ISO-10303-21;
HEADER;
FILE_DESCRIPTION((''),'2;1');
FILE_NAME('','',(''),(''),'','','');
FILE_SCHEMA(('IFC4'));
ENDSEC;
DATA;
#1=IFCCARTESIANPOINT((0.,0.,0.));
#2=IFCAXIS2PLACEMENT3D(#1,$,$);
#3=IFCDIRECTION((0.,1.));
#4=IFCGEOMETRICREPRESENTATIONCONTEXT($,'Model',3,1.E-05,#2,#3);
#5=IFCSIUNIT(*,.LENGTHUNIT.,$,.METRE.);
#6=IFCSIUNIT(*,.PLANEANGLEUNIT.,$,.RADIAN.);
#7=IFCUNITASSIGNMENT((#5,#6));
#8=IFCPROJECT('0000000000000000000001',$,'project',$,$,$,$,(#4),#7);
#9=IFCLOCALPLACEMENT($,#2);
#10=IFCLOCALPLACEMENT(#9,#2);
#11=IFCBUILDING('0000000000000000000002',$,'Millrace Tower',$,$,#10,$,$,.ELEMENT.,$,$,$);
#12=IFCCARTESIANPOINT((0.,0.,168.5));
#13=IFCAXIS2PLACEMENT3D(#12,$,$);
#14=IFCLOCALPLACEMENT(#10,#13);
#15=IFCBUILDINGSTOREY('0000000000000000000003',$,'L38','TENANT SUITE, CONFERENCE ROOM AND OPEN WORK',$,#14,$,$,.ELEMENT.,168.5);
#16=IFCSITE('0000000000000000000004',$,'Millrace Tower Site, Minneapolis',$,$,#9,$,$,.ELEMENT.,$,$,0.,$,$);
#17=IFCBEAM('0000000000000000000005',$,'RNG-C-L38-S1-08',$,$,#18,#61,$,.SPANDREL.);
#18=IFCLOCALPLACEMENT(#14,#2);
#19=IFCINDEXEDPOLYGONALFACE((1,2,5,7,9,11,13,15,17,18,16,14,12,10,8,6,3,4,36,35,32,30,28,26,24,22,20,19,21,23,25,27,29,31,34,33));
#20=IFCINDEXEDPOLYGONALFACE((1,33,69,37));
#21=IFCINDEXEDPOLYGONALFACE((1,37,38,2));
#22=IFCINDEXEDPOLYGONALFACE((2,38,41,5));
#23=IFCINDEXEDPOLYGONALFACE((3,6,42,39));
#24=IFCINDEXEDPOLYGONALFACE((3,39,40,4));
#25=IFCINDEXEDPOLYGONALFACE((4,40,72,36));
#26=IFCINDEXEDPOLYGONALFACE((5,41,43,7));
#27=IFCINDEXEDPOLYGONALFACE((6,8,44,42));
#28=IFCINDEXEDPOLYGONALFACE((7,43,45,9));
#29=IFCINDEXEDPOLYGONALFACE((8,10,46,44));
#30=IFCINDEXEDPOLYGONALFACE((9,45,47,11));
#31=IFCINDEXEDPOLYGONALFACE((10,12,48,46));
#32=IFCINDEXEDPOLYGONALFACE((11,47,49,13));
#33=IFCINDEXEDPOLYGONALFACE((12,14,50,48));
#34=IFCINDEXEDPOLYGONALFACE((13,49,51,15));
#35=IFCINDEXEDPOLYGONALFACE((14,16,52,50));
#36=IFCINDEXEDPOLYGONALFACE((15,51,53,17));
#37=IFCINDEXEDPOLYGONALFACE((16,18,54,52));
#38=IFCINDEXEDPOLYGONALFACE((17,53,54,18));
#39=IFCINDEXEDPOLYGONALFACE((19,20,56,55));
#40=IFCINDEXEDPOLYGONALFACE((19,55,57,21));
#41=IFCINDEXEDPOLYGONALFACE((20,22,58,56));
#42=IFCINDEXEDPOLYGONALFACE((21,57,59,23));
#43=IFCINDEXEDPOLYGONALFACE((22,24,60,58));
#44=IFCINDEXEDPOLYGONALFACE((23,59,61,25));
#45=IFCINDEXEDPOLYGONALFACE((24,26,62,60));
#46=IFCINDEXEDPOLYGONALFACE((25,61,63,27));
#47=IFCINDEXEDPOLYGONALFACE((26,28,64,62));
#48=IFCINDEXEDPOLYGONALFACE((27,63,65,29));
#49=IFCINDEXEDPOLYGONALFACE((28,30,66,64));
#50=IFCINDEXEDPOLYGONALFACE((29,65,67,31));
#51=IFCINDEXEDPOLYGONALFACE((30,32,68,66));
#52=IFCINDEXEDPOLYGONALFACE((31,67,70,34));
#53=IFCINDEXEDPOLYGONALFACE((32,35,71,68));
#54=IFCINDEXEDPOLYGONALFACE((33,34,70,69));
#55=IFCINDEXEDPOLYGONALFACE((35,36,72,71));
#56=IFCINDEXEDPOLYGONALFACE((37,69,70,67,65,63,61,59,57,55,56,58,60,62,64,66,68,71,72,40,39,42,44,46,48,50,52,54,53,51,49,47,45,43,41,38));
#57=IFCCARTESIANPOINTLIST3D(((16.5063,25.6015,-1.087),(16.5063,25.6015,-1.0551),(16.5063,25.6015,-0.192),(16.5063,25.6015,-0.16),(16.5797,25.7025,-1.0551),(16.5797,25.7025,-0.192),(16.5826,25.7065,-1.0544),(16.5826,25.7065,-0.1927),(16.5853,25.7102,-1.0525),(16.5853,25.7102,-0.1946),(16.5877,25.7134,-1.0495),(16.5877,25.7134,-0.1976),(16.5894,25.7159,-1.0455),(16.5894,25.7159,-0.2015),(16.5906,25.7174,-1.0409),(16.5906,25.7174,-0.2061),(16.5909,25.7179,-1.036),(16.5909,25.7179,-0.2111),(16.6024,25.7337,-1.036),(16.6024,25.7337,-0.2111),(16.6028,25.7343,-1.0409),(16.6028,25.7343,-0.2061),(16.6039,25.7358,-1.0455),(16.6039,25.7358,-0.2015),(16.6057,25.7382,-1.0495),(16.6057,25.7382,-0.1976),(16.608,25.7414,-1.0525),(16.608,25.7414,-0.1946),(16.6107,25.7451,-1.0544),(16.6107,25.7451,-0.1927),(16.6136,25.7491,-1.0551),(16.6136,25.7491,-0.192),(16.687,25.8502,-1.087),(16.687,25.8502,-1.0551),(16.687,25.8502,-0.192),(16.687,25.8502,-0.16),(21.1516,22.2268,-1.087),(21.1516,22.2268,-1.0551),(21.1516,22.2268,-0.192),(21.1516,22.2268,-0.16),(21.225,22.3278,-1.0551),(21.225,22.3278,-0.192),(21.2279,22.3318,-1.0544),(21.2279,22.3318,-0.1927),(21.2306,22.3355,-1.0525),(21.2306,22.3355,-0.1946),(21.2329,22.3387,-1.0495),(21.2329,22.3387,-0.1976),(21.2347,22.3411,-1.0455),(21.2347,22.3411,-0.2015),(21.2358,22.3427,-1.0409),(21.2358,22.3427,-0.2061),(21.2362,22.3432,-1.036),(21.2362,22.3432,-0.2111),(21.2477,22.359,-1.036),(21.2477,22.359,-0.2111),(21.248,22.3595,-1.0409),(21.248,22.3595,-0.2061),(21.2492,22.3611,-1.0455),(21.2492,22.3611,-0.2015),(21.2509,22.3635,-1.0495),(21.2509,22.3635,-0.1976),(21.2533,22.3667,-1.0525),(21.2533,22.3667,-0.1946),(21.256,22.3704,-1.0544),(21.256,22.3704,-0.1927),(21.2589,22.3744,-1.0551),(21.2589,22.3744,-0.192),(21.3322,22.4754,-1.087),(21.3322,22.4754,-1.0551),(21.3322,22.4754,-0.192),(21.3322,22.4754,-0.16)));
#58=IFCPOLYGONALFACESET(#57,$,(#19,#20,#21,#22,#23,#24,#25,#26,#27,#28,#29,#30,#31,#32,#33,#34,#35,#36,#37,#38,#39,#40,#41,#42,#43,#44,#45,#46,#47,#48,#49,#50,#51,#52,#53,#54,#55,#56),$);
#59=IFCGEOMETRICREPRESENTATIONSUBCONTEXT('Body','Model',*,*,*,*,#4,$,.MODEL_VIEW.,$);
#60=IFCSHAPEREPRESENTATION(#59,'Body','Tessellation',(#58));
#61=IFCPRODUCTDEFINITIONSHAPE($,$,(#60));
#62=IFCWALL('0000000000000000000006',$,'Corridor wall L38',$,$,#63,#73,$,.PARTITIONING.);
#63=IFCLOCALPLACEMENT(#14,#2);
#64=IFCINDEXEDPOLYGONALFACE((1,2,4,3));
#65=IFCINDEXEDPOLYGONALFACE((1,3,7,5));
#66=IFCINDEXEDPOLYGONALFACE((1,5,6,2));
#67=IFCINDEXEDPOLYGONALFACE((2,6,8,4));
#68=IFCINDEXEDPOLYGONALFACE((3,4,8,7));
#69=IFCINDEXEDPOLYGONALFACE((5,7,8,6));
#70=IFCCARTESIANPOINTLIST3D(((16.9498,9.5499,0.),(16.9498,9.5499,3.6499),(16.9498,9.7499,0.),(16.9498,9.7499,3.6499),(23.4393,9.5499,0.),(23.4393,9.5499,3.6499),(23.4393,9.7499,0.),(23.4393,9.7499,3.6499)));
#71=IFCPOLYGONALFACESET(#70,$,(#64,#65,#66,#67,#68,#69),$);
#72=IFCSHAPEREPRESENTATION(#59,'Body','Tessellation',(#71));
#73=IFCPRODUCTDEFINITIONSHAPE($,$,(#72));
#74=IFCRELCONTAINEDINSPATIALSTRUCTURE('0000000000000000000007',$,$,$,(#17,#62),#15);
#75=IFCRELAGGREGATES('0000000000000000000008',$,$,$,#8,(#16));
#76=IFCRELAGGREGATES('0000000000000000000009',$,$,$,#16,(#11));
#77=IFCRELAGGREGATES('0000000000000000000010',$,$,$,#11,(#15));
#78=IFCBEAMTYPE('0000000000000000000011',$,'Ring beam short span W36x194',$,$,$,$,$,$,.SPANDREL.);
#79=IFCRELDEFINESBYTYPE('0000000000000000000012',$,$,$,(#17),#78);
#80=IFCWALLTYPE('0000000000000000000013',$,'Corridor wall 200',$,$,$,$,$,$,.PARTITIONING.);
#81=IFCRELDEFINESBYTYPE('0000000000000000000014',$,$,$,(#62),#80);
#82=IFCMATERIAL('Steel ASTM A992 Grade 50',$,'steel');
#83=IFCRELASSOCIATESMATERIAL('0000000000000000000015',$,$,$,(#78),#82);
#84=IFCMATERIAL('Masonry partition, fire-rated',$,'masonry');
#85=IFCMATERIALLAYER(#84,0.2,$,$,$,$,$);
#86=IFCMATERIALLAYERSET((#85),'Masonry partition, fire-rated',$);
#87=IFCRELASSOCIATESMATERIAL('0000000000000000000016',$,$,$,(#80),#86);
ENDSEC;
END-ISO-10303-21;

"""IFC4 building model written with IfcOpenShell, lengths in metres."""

from ifc_helpers import new_model, si_unit, direction, frame, frame_2d, origin, origin_2d, place, context, subcontext, project, spatial, rectangle, i_section, extrude, material, layer, layer_set, material_profile, profile_set, type_object, element, save


model = new_model("IFC4")

# Units and contexts
model_context = context("Model", 3, precision=1e-05, world=origin(), true_north=direction((0.0, 1.0)))
body_context = subcontext(model_context, "Body", "Model", "MODEL_VIEW")
ifc_project = project(units=[si_unit("LENGTHUNIT", "METRE"), si_unit("PLANEANGLEUNIT", "RADIAN")], contexts=[model_context])

# Site, building, storey
site_placement = place(None, origin())
site = spatial("IfcSite", under=ifc_project, at=site_placement, Name="Millrace Tower Site, Minneapolis", CompositionType="ELEMENT", RefElevation=0.0)
building_placement = place(site_placement, origin())
building = spatial("IfcBuilding", under=site, at=building_placement, Name="Millrace Tower", CompositionType="ELEMENT")
storey_placement = place(building_placement, frame((0.0, 0.0, 168.5)))
storey = spatial("IfcBuildingStorey", under=building, at=storey_placement, Name="L38", Description="TENANT SUITE, CONFERENCE ROOM AND OPEN WORK", CompositionType="ELEMENT", Elevation=168.5)

# Beam
ifc_material_1 = material(Name="Steel ASTM A992 Grade 50", Category="steel")
ifc_material_profile_1 = material_profile(ifc_material_1, i_section(OverallWidth=0.3074, OverallDepth=0.927, WebThickness=0.0195, FlangeThickness=0.032, FilletRadius=0.019, at=origin_2d()))
ifc_profile_set_1 = profile_set([ifc_material_profile_1], Name="Steel ASTM A992 Grade 50")
beam_type_1 = type_object("IfcBeamType", Name="Ring beam short span W36x194", PredefinedType="SPANDREL", material=ifc_profile_set_1)
beam_1_placement = place(storey_placement, frame((16.5967, 25.7258, -0.6235), z_axis=(0.809036, -0.58776, 0.0), x_axis=(0.58776, 0.809036, 0.0)))
element("IfcBeam", 1, at=beam_1_placement, inside=storey, type_object=beam_type_1, Name="RNG-C-L38-S1-08", PredefinedType="SPANDREL", context=body_context, shape_type="SweptSolid", body=[
    extrude(i_section(OverallWidth=0.3074, OverallDepth=0.927, WebThickness=0.0195, FlangeThickness=0.032, FilletRadius=0.019, at=origin_2d()), origin(), (0.0, 0.0, 1.0), 5.7417),
])

# Wall
ifc_material_2 = material(Name="Masonry partition, fire-rated", Category="masonry")
ifc_layer_1 = layer(ifc_material_2, 0.2)
ifc_layer_set_1 = layer_set([ifc_layer_1], Name="Masonry partition, fire-rated")
wall_type = type_object("IfcWallType", Name="Corridor wall 200", PredefinedType="PARTITIONING", material=ifc_layer_set_1)
wall_placement = place(storey_placement, frame((16.95, 9.6499, 0.0), z_axis=(0.0, 0.0, 1.0), x_axis=(1.0, 0.0, 0.0)))
element("IfcWall", 2, at=wall_placement, inside=storey, type_object=wall_type, Name="Corridor wall L38", PredefinedType="PARTITIONING", context=body_context, shape_type="SweptSolid", body=[
    extrude(rectangle(XDim=6.4895, YDim=0.2, at=frame_2d((3.2446, 0.0))), origin(), (0.0, 0.0, 1.0), 3.6499),
])

save(model, "model.ifc")
